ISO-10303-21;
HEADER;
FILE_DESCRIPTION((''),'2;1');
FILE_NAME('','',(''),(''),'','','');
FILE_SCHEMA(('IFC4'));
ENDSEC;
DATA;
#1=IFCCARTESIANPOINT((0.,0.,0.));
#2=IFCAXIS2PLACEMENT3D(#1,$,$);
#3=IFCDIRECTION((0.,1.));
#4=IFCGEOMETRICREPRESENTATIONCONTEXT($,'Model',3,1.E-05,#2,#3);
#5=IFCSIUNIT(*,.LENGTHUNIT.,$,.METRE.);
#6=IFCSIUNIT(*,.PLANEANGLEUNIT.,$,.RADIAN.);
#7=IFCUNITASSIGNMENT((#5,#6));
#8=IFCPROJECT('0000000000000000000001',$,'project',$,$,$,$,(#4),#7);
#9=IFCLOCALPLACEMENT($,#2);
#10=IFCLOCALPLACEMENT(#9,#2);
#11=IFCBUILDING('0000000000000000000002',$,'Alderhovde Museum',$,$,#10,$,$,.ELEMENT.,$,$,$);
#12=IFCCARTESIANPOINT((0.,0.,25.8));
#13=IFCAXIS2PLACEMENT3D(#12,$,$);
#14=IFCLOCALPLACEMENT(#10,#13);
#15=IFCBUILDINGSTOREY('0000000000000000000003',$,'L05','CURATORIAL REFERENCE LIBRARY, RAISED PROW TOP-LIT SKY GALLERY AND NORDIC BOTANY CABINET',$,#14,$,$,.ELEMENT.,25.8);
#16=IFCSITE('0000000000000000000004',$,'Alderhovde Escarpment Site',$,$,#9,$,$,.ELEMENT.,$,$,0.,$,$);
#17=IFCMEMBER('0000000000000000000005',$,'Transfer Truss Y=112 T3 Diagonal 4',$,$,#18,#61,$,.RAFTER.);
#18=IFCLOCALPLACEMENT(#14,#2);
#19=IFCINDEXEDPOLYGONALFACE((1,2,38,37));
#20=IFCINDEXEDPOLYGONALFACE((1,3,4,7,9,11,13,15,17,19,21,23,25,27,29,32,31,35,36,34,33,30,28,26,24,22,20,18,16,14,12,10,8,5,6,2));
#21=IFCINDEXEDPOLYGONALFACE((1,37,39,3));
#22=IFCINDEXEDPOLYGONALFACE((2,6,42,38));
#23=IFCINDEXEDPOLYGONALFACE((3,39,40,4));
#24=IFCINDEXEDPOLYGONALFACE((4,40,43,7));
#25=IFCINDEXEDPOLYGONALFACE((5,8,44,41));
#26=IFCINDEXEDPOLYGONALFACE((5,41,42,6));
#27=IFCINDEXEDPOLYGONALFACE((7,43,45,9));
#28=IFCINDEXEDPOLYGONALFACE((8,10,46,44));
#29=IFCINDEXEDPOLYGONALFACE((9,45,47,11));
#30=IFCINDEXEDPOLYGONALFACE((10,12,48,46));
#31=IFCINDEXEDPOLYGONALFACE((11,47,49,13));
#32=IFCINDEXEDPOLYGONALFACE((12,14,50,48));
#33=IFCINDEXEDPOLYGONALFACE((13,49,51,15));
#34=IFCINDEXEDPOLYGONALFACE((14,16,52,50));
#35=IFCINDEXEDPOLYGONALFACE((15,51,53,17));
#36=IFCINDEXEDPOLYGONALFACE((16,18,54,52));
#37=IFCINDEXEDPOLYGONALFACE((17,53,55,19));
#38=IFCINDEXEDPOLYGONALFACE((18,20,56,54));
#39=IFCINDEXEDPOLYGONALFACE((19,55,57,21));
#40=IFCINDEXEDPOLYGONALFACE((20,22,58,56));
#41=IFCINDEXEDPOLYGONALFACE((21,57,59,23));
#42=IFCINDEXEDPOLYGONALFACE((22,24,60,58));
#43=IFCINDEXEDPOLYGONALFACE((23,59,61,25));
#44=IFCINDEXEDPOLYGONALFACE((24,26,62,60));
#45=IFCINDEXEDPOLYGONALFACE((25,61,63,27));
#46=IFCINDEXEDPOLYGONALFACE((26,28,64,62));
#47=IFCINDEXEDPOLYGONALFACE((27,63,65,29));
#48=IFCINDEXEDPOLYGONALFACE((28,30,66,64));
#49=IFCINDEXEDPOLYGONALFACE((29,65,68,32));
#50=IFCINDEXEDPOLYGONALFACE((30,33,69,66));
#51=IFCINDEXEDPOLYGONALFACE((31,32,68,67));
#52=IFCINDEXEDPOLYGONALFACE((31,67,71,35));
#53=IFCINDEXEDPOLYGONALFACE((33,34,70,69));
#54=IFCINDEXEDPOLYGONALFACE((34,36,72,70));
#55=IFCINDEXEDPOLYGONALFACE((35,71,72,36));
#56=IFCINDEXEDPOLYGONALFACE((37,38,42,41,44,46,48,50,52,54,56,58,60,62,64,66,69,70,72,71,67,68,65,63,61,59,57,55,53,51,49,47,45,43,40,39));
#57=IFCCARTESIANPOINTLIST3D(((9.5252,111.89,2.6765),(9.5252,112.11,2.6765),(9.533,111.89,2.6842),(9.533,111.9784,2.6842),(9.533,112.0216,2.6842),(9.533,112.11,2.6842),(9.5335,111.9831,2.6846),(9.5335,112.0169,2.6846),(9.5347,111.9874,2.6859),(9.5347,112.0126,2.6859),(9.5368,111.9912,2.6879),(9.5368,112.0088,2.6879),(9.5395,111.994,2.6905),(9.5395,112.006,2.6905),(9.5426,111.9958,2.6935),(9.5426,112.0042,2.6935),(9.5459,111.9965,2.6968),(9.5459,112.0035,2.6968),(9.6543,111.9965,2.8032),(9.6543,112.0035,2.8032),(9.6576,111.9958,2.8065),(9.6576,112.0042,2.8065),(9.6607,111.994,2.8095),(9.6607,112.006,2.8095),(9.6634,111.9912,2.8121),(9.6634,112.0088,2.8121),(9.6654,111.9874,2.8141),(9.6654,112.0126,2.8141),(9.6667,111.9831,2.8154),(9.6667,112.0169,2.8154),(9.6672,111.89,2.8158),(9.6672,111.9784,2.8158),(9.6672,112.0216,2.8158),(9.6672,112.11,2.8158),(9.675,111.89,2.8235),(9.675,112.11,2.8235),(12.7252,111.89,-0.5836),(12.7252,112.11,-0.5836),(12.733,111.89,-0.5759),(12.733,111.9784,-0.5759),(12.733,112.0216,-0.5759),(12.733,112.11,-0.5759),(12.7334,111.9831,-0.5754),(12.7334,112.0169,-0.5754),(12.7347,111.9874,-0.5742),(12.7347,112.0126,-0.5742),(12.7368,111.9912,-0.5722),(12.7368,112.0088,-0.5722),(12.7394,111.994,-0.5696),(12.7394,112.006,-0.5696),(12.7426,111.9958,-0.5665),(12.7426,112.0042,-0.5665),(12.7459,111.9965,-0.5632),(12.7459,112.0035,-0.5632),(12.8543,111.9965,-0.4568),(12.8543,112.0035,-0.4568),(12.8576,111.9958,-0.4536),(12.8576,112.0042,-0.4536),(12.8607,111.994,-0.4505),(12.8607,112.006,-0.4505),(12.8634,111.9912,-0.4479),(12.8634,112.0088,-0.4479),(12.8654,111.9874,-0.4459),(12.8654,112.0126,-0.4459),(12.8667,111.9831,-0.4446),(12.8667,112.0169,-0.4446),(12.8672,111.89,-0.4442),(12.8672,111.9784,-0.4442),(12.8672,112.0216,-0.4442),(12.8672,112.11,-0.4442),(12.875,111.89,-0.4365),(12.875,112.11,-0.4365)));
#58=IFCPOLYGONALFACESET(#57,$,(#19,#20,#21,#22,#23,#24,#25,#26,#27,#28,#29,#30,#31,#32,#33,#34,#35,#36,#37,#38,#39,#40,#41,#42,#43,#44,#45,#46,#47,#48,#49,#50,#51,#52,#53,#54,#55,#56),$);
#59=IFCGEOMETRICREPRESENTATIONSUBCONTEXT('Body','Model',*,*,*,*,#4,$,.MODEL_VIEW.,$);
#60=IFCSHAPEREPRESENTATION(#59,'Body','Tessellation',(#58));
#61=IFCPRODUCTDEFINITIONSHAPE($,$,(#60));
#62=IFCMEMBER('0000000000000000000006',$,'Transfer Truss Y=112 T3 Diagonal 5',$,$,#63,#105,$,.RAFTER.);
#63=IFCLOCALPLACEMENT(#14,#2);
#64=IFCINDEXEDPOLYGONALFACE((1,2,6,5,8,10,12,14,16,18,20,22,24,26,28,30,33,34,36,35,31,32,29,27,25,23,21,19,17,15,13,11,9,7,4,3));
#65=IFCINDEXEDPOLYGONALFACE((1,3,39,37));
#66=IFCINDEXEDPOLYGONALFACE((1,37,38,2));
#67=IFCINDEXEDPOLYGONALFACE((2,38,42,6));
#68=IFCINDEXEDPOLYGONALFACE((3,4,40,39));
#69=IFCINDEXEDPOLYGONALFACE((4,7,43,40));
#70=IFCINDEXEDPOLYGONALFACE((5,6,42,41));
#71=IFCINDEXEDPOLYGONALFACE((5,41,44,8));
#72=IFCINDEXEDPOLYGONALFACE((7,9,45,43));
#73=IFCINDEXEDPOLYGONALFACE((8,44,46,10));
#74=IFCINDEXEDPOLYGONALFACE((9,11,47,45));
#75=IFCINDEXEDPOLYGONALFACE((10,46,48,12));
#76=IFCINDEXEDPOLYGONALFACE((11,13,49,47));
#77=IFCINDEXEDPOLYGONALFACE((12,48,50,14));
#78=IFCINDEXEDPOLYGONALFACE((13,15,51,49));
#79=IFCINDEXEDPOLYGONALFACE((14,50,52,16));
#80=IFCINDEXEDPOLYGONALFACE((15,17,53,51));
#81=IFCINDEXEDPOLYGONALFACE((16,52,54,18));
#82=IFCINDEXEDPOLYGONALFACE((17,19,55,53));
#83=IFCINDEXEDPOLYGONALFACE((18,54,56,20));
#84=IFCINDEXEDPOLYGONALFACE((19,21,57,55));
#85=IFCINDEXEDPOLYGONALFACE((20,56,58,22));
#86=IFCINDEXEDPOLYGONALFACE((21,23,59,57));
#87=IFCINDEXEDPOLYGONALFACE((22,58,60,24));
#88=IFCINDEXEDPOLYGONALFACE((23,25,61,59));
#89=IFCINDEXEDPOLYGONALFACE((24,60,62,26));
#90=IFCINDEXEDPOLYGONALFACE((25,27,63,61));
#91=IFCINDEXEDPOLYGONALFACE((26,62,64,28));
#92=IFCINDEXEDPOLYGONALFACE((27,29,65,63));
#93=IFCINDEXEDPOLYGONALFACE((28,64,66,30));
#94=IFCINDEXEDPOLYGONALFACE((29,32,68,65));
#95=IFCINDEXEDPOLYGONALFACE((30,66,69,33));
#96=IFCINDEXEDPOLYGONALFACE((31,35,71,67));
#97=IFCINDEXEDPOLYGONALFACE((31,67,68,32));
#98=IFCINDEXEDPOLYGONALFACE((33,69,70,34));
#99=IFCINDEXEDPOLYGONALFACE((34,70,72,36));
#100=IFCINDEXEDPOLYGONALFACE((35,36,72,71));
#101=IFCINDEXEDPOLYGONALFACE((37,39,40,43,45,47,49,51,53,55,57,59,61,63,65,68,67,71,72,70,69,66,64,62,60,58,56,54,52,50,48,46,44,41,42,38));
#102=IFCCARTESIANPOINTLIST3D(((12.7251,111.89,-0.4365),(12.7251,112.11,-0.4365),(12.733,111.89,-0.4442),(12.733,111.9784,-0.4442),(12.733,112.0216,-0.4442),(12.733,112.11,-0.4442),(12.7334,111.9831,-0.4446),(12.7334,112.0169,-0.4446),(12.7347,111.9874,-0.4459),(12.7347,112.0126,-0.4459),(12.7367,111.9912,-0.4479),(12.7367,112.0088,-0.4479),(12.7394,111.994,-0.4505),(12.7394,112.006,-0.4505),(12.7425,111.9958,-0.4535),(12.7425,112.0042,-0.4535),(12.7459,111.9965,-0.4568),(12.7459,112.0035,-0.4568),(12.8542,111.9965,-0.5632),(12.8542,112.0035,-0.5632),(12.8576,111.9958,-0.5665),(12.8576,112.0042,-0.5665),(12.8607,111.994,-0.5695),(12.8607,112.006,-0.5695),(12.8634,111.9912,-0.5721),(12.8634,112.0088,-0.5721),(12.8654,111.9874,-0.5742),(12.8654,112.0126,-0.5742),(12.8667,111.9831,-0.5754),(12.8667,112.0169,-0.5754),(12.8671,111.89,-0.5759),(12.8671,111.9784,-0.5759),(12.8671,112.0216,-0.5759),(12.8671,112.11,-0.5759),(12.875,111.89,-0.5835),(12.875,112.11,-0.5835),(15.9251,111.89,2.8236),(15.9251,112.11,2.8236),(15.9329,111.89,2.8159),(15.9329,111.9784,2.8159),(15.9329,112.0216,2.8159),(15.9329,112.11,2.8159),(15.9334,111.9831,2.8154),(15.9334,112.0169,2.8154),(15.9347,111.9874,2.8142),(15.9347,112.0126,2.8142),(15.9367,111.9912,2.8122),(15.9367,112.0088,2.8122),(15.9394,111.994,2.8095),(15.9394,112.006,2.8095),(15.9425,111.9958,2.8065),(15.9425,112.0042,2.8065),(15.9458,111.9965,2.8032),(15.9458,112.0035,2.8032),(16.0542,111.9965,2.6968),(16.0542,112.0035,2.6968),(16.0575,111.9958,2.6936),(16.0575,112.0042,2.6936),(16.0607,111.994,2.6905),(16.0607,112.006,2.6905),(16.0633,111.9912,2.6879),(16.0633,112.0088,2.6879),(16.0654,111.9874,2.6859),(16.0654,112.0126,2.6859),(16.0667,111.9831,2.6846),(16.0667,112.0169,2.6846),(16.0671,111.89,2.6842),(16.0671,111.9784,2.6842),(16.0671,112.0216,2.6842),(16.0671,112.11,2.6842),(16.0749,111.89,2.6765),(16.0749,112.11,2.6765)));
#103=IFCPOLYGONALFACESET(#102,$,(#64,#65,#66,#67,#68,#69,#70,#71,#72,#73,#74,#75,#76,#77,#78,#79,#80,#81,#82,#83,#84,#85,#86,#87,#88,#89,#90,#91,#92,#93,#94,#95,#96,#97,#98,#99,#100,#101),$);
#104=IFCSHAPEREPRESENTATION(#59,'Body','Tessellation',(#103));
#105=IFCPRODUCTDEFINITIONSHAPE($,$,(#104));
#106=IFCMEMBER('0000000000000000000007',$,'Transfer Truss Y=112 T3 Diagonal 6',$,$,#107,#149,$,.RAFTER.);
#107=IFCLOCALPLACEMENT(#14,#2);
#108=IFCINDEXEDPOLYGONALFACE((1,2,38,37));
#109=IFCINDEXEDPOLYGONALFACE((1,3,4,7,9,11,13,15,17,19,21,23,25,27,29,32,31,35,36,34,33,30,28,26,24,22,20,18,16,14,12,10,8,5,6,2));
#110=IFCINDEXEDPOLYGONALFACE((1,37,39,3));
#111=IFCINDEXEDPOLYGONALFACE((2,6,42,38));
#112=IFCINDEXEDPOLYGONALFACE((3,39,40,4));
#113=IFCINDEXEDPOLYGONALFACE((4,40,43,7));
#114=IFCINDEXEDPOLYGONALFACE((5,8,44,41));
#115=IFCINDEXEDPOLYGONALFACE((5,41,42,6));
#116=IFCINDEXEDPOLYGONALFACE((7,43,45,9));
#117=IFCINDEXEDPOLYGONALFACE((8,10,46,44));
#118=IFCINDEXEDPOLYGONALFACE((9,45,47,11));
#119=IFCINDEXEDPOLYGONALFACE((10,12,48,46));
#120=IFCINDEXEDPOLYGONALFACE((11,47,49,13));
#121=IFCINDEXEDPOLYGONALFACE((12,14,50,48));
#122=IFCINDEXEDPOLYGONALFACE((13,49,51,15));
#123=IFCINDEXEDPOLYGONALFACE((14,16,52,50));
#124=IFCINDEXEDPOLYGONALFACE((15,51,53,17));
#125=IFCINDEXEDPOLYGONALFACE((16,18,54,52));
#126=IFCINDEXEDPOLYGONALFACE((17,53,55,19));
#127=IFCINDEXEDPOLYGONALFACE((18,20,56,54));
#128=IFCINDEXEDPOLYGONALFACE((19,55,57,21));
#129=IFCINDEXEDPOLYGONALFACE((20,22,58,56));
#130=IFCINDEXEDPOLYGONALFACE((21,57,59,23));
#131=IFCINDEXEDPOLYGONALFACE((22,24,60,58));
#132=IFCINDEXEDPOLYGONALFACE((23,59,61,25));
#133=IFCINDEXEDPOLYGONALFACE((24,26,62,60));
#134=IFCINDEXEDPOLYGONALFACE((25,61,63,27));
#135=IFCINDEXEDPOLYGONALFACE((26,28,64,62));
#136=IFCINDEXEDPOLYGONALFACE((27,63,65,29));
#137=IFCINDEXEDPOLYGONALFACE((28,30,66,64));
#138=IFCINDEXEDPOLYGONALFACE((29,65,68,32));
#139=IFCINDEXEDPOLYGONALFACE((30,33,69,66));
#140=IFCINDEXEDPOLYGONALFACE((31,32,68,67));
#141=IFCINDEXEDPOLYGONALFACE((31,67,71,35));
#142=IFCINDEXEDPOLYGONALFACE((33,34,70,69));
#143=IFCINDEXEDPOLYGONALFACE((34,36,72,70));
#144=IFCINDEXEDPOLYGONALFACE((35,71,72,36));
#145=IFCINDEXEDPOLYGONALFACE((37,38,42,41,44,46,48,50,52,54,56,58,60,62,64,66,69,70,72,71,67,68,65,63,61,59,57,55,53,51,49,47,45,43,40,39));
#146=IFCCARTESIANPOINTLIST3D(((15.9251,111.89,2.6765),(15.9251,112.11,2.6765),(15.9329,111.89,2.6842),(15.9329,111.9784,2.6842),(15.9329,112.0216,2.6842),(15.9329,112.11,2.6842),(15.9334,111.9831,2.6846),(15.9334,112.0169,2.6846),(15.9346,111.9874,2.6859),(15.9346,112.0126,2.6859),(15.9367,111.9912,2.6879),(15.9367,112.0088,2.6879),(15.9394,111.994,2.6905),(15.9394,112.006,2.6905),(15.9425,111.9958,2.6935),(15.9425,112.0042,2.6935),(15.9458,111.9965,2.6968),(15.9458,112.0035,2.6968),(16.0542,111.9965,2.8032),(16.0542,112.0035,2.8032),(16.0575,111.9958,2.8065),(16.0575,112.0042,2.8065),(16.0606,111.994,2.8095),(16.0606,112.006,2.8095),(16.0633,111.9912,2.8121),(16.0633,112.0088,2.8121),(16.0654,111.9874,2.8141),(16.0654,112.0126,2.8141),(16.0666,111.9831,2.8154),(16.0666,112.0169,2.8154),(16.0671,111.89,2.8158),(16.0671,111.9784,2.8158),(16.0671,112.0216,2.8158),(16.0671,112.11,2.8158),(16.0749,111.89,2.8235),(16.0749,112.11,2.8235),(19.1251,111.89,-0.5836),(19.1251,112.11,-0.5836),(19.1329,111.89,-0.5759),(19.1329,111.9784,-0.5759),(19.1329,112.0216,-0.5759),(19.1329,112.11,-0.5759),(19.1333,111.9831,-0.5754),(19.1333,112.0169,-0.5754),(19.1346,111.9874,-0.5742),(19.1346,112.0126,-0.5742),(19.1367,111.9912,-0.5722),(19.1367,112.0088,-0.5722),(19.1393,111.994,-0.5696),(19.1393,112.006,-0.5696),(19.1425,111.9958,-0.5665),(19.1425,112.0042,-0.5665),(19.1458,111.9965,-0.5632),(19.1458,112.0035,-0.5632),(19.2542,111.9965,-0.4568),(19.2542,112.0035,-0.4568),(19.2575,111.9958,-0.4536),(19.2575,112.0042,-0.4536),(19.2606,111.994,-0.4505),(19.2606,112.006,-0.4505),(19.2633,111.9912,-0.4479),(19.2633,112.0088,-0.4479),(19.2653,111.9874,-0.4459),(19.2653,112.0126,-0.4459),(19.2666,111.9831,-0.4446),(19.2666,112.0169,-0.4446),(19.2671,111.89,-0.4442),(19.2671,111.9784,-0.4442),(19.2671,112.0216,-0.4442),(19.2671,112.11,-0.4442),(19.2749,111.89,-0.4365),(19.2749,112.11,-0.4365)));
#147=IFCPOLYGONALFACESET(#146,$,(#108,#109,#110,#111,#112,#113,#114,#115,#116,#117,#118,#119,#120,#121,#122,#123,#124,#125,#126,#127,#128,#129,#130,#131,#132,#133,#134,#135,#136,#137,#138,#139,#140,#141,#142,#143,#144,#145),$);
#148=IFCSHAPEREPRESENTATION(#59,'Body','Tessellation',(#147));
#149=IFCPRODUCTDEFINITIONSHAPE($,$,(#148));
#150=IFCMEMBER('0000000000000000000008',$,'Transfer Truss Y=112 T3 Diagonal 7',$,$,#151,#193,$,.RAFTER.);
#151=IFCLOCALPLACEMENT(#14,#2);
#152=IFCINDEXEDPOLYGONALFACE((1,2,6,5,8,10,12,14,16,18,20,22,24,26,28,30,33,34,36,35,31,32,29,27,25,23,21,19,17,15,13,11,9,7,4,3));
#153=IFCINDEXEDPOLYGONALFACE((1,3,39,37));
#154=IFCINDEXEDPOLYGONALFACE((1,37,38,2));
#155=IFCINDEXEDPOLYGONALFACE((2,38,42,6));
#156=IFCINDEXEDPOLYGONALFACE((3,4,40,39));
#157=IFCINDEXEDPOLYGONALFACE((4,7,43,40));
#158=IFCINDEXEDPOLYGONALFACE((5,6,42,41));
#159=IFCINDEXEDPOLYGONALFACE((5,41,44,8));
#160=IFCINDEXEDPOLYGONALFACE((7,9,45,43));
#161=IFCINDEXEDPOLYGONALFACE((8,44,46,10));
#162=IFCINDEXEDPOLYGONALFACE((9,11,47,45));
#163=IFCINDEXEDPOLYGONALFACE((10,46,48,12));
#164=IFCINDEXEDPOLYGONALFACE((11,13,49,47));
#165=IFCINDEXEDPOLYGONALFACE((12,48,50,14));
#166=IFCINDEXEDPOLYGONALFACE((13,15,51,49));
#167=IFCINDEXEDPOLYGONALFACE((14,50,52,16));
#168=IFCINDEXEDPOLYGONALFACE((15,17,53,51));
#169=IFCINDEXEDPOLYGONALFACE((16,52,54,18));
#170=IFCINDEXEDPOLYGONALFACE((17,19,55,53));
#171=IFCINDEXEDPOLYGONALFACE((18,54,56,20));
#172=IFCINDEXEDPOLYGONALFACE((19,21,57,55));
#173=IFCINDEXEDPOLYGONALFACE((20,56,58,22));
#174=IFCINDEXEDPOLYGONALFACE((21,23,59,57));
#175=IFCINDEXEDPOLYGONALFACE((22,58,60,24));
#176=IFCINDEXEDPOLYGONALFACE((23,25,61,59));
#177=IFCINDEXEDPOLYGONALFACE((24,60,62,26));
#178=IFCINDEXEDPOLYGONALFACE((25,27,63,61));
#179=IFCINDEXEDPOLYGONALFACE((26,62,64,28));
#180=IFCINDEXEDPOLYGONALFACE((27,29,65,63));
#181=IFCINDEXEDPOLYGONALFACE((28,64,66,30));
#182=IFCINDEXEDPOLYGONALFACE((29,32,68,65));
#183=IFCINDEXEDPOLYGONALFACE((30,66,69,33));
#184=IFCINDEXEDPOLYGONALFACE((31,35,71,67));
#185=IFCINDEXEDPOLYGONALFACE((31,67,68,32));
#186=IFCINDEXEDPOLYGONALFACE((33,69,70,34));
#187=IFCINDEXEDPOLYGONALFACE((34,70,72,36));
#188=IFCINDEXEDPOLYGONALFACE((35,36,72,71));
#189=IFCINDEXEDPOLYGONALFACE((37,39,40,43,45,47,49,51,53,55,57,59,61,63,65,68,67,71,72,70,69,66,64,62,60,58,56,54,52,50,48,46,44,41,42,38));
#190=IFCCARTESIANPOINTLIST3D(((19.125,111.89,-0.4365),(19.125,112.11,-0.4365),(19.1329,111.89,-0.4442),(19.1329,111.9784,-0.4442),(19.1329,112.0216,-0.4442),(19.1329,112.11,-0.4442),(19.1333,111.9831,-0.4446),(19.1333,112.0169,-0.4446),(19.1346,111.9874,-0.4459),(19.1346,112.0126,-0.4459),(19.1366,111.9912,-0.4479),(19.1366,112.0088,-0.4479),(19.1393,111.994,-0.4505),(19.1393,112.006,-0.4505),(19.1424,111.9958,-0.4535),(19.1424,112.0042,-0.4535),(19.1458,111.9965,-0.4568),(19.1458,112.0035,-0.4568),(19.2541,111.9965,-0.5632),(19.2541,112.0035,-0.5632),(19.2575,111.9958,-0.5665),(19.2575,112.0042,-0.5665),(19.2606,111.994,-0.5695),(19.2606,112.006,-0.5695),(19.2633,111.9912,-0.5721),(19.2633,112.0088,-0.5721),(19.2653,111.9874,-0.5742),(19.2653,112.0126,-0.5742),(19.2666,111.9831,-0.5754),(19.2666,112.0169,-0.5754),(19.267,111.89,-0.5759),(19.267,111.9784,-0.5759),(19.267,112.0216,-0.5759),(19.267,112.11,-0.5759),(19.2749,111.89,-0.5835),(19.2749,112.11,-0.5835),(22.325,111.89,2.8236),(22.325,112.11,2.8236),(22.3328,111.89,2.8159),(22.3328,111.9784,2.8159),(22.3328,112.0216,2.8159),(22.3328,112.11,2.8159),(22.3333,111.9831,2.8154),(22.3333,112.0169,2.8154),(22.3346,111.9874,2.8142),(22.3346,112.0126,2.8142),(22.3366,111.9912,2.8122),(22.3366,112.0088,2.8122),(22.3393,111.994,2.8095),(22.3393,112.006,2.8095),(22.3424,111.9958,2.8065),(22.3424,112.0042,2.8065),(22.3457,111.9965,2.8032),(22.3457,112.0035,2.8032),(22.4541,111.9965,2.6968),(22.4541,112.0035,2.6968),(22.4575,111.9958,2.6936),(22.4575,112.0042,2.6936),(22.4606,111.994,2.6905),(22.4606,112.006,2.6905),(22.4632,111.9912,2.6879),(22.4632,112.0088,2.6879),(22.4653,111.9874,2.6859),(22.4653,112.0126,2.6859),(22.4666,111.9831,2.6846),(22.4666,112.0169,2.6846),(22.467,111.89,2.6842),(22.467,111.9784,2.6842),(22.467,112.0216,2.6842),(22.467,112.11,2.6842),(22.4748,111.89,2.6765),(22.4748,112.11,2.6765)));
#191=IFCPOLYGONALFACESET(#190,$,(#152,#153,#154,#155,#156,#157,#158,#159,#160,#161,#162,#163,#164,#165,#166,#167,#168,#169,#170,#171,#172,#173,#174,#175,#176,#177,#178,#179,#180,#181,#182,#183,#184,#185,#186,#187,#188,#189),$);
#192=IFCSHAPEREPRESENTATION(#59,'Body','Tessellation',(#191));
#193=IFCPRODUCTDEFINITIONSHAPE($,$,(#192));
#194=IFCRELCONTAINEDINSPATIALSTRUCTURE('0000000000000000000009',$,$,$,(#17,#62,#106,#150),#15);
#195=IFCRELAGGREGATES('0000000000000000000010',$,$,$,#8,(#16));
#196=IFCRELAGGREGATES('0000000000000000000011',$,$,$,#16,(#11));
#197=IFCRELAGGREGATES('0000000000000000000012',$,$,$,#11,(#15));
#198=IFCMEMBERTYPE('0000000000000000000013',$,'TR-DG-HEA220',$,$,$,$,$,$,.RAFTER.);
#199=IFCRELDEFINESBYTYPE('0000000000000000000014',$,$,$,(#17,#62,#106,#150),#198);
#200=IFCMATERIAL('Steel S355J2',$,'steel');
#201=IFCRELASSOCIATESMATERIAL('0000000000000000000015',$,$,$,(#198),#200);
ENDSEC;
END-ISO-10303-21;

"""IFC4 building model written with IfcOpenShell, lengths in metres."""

from ifc_helpers import new_model, si_unit, direction, frame, origin, origin_2d, place, context, subcontext, project, spatial, i_section, extrude, material, material_profile, profile_set, type_object, element, save


model = new_model("IFC4")

# Units and contexts
model_context = context("Model", 3, precision=1e-05, world=origin(), true_north=direction((0.0, 1.0)))
body_context = subcontext(model_context, "Body", "Model", "MODEL_VIEW")
ifc_project = project(units=[si_unit("LENGTHUNIT", "METRE"), si_unit("PLANEANGLEUNIT", "RADIAN")], contexts=[model_context])

# Site, building, storey
site_placement = place(None, origin())
site = spatial("IfcSite", under=ifc_project, at=site_placement, Name="Alderhovde Escarpment Site", CompositionType="ELEMENT", RefElevation=0.0)
building_placement = place(site_placement, origin())
building = spatial("IfcBuilding", under=site, at=building_placement, Name="Alderhovde Museum", CompositionType="ELEMENT")
storey_placement = place(building_placement, frame((0.0, 0.0, 25.8)))
storey = spatial("IfcBuildingStorey", under=building, at=storey_placement, Name="L05", Description="CURATORIAL REFERENCE LIBRARY, RAISED PROW TOP-LIT SKY GALLERY AND NORDIC BOTANY CABINET", CompositionType="ELEMENT", Elevation=25.8)

# Members
ifc_material_1 = material(Name="Steel S355J2", Category="steel")
ifc_material_profile_1 = material_profile(ifc_material_1, i_section(OverallWidth=0.22, OverallDepth=0.21, WebThickness=0.0071, FlangeThickness=0.011, FilletRadius=0.0181, at=origin_2d()), Name="HEA 220")
ifc_profile_set_1 = profile_set([ifc_material_profile_1], Name="Steel S355J2")
member_type_1 = type_object("IfcMemberType", Name="TR-DG-HEA220", PredefinedType="RAFTER", material=ifc_profile_set_1)
for number, where, z_axis, x_axis, name in (
    (1, (9.6001, 112.0, 2.75), (0.700502, 0.0, -0.71365), (0.0, 1.0, 0.0), "Transfer Truss Y=112 T3 Diagonal 4"),
    (2, (12.8, 112.0, -0.51), (0.700502, 0.0, 0.71365), (0.0, 1.0, 0.0), "Transfer Truss Y=112 T3 Diagonal 5"),
    (3, (16.0, 112.0, 2.75), (0.700502, 0.0, -0.71365), (0.0, 1.0, 0.0), "Transfer Truss Y=112 T3 Diagonal 6"),
    (4, (19.2, 112.0, -0.51), (0.700502, 0.0, 0.71365), (0.0, 1.0, 0.0), "Transfer Truss Y=112 T3 Diagonal 7"),
):
    element("IfcMember", number, at=place(storey_placement, frame(where, z_axis=z_axis, x_axis=x_axis)), inside=storey, type_object=member_type_1, Name=name, PredefinedType="RAFTER", context=body_context, shape_type="SweptSolid", body=[
        extrude(i_section(OverallWidth=0.22, OverallDepth=0.21, WebThickness=0.0071, FlangeThickness=0.011, FilletRadius=0.0181, at=origin_2d()), origin(), (0.0, 0.0, 1.0), 4.5681),
    ])

save(model, "model.ifc")
